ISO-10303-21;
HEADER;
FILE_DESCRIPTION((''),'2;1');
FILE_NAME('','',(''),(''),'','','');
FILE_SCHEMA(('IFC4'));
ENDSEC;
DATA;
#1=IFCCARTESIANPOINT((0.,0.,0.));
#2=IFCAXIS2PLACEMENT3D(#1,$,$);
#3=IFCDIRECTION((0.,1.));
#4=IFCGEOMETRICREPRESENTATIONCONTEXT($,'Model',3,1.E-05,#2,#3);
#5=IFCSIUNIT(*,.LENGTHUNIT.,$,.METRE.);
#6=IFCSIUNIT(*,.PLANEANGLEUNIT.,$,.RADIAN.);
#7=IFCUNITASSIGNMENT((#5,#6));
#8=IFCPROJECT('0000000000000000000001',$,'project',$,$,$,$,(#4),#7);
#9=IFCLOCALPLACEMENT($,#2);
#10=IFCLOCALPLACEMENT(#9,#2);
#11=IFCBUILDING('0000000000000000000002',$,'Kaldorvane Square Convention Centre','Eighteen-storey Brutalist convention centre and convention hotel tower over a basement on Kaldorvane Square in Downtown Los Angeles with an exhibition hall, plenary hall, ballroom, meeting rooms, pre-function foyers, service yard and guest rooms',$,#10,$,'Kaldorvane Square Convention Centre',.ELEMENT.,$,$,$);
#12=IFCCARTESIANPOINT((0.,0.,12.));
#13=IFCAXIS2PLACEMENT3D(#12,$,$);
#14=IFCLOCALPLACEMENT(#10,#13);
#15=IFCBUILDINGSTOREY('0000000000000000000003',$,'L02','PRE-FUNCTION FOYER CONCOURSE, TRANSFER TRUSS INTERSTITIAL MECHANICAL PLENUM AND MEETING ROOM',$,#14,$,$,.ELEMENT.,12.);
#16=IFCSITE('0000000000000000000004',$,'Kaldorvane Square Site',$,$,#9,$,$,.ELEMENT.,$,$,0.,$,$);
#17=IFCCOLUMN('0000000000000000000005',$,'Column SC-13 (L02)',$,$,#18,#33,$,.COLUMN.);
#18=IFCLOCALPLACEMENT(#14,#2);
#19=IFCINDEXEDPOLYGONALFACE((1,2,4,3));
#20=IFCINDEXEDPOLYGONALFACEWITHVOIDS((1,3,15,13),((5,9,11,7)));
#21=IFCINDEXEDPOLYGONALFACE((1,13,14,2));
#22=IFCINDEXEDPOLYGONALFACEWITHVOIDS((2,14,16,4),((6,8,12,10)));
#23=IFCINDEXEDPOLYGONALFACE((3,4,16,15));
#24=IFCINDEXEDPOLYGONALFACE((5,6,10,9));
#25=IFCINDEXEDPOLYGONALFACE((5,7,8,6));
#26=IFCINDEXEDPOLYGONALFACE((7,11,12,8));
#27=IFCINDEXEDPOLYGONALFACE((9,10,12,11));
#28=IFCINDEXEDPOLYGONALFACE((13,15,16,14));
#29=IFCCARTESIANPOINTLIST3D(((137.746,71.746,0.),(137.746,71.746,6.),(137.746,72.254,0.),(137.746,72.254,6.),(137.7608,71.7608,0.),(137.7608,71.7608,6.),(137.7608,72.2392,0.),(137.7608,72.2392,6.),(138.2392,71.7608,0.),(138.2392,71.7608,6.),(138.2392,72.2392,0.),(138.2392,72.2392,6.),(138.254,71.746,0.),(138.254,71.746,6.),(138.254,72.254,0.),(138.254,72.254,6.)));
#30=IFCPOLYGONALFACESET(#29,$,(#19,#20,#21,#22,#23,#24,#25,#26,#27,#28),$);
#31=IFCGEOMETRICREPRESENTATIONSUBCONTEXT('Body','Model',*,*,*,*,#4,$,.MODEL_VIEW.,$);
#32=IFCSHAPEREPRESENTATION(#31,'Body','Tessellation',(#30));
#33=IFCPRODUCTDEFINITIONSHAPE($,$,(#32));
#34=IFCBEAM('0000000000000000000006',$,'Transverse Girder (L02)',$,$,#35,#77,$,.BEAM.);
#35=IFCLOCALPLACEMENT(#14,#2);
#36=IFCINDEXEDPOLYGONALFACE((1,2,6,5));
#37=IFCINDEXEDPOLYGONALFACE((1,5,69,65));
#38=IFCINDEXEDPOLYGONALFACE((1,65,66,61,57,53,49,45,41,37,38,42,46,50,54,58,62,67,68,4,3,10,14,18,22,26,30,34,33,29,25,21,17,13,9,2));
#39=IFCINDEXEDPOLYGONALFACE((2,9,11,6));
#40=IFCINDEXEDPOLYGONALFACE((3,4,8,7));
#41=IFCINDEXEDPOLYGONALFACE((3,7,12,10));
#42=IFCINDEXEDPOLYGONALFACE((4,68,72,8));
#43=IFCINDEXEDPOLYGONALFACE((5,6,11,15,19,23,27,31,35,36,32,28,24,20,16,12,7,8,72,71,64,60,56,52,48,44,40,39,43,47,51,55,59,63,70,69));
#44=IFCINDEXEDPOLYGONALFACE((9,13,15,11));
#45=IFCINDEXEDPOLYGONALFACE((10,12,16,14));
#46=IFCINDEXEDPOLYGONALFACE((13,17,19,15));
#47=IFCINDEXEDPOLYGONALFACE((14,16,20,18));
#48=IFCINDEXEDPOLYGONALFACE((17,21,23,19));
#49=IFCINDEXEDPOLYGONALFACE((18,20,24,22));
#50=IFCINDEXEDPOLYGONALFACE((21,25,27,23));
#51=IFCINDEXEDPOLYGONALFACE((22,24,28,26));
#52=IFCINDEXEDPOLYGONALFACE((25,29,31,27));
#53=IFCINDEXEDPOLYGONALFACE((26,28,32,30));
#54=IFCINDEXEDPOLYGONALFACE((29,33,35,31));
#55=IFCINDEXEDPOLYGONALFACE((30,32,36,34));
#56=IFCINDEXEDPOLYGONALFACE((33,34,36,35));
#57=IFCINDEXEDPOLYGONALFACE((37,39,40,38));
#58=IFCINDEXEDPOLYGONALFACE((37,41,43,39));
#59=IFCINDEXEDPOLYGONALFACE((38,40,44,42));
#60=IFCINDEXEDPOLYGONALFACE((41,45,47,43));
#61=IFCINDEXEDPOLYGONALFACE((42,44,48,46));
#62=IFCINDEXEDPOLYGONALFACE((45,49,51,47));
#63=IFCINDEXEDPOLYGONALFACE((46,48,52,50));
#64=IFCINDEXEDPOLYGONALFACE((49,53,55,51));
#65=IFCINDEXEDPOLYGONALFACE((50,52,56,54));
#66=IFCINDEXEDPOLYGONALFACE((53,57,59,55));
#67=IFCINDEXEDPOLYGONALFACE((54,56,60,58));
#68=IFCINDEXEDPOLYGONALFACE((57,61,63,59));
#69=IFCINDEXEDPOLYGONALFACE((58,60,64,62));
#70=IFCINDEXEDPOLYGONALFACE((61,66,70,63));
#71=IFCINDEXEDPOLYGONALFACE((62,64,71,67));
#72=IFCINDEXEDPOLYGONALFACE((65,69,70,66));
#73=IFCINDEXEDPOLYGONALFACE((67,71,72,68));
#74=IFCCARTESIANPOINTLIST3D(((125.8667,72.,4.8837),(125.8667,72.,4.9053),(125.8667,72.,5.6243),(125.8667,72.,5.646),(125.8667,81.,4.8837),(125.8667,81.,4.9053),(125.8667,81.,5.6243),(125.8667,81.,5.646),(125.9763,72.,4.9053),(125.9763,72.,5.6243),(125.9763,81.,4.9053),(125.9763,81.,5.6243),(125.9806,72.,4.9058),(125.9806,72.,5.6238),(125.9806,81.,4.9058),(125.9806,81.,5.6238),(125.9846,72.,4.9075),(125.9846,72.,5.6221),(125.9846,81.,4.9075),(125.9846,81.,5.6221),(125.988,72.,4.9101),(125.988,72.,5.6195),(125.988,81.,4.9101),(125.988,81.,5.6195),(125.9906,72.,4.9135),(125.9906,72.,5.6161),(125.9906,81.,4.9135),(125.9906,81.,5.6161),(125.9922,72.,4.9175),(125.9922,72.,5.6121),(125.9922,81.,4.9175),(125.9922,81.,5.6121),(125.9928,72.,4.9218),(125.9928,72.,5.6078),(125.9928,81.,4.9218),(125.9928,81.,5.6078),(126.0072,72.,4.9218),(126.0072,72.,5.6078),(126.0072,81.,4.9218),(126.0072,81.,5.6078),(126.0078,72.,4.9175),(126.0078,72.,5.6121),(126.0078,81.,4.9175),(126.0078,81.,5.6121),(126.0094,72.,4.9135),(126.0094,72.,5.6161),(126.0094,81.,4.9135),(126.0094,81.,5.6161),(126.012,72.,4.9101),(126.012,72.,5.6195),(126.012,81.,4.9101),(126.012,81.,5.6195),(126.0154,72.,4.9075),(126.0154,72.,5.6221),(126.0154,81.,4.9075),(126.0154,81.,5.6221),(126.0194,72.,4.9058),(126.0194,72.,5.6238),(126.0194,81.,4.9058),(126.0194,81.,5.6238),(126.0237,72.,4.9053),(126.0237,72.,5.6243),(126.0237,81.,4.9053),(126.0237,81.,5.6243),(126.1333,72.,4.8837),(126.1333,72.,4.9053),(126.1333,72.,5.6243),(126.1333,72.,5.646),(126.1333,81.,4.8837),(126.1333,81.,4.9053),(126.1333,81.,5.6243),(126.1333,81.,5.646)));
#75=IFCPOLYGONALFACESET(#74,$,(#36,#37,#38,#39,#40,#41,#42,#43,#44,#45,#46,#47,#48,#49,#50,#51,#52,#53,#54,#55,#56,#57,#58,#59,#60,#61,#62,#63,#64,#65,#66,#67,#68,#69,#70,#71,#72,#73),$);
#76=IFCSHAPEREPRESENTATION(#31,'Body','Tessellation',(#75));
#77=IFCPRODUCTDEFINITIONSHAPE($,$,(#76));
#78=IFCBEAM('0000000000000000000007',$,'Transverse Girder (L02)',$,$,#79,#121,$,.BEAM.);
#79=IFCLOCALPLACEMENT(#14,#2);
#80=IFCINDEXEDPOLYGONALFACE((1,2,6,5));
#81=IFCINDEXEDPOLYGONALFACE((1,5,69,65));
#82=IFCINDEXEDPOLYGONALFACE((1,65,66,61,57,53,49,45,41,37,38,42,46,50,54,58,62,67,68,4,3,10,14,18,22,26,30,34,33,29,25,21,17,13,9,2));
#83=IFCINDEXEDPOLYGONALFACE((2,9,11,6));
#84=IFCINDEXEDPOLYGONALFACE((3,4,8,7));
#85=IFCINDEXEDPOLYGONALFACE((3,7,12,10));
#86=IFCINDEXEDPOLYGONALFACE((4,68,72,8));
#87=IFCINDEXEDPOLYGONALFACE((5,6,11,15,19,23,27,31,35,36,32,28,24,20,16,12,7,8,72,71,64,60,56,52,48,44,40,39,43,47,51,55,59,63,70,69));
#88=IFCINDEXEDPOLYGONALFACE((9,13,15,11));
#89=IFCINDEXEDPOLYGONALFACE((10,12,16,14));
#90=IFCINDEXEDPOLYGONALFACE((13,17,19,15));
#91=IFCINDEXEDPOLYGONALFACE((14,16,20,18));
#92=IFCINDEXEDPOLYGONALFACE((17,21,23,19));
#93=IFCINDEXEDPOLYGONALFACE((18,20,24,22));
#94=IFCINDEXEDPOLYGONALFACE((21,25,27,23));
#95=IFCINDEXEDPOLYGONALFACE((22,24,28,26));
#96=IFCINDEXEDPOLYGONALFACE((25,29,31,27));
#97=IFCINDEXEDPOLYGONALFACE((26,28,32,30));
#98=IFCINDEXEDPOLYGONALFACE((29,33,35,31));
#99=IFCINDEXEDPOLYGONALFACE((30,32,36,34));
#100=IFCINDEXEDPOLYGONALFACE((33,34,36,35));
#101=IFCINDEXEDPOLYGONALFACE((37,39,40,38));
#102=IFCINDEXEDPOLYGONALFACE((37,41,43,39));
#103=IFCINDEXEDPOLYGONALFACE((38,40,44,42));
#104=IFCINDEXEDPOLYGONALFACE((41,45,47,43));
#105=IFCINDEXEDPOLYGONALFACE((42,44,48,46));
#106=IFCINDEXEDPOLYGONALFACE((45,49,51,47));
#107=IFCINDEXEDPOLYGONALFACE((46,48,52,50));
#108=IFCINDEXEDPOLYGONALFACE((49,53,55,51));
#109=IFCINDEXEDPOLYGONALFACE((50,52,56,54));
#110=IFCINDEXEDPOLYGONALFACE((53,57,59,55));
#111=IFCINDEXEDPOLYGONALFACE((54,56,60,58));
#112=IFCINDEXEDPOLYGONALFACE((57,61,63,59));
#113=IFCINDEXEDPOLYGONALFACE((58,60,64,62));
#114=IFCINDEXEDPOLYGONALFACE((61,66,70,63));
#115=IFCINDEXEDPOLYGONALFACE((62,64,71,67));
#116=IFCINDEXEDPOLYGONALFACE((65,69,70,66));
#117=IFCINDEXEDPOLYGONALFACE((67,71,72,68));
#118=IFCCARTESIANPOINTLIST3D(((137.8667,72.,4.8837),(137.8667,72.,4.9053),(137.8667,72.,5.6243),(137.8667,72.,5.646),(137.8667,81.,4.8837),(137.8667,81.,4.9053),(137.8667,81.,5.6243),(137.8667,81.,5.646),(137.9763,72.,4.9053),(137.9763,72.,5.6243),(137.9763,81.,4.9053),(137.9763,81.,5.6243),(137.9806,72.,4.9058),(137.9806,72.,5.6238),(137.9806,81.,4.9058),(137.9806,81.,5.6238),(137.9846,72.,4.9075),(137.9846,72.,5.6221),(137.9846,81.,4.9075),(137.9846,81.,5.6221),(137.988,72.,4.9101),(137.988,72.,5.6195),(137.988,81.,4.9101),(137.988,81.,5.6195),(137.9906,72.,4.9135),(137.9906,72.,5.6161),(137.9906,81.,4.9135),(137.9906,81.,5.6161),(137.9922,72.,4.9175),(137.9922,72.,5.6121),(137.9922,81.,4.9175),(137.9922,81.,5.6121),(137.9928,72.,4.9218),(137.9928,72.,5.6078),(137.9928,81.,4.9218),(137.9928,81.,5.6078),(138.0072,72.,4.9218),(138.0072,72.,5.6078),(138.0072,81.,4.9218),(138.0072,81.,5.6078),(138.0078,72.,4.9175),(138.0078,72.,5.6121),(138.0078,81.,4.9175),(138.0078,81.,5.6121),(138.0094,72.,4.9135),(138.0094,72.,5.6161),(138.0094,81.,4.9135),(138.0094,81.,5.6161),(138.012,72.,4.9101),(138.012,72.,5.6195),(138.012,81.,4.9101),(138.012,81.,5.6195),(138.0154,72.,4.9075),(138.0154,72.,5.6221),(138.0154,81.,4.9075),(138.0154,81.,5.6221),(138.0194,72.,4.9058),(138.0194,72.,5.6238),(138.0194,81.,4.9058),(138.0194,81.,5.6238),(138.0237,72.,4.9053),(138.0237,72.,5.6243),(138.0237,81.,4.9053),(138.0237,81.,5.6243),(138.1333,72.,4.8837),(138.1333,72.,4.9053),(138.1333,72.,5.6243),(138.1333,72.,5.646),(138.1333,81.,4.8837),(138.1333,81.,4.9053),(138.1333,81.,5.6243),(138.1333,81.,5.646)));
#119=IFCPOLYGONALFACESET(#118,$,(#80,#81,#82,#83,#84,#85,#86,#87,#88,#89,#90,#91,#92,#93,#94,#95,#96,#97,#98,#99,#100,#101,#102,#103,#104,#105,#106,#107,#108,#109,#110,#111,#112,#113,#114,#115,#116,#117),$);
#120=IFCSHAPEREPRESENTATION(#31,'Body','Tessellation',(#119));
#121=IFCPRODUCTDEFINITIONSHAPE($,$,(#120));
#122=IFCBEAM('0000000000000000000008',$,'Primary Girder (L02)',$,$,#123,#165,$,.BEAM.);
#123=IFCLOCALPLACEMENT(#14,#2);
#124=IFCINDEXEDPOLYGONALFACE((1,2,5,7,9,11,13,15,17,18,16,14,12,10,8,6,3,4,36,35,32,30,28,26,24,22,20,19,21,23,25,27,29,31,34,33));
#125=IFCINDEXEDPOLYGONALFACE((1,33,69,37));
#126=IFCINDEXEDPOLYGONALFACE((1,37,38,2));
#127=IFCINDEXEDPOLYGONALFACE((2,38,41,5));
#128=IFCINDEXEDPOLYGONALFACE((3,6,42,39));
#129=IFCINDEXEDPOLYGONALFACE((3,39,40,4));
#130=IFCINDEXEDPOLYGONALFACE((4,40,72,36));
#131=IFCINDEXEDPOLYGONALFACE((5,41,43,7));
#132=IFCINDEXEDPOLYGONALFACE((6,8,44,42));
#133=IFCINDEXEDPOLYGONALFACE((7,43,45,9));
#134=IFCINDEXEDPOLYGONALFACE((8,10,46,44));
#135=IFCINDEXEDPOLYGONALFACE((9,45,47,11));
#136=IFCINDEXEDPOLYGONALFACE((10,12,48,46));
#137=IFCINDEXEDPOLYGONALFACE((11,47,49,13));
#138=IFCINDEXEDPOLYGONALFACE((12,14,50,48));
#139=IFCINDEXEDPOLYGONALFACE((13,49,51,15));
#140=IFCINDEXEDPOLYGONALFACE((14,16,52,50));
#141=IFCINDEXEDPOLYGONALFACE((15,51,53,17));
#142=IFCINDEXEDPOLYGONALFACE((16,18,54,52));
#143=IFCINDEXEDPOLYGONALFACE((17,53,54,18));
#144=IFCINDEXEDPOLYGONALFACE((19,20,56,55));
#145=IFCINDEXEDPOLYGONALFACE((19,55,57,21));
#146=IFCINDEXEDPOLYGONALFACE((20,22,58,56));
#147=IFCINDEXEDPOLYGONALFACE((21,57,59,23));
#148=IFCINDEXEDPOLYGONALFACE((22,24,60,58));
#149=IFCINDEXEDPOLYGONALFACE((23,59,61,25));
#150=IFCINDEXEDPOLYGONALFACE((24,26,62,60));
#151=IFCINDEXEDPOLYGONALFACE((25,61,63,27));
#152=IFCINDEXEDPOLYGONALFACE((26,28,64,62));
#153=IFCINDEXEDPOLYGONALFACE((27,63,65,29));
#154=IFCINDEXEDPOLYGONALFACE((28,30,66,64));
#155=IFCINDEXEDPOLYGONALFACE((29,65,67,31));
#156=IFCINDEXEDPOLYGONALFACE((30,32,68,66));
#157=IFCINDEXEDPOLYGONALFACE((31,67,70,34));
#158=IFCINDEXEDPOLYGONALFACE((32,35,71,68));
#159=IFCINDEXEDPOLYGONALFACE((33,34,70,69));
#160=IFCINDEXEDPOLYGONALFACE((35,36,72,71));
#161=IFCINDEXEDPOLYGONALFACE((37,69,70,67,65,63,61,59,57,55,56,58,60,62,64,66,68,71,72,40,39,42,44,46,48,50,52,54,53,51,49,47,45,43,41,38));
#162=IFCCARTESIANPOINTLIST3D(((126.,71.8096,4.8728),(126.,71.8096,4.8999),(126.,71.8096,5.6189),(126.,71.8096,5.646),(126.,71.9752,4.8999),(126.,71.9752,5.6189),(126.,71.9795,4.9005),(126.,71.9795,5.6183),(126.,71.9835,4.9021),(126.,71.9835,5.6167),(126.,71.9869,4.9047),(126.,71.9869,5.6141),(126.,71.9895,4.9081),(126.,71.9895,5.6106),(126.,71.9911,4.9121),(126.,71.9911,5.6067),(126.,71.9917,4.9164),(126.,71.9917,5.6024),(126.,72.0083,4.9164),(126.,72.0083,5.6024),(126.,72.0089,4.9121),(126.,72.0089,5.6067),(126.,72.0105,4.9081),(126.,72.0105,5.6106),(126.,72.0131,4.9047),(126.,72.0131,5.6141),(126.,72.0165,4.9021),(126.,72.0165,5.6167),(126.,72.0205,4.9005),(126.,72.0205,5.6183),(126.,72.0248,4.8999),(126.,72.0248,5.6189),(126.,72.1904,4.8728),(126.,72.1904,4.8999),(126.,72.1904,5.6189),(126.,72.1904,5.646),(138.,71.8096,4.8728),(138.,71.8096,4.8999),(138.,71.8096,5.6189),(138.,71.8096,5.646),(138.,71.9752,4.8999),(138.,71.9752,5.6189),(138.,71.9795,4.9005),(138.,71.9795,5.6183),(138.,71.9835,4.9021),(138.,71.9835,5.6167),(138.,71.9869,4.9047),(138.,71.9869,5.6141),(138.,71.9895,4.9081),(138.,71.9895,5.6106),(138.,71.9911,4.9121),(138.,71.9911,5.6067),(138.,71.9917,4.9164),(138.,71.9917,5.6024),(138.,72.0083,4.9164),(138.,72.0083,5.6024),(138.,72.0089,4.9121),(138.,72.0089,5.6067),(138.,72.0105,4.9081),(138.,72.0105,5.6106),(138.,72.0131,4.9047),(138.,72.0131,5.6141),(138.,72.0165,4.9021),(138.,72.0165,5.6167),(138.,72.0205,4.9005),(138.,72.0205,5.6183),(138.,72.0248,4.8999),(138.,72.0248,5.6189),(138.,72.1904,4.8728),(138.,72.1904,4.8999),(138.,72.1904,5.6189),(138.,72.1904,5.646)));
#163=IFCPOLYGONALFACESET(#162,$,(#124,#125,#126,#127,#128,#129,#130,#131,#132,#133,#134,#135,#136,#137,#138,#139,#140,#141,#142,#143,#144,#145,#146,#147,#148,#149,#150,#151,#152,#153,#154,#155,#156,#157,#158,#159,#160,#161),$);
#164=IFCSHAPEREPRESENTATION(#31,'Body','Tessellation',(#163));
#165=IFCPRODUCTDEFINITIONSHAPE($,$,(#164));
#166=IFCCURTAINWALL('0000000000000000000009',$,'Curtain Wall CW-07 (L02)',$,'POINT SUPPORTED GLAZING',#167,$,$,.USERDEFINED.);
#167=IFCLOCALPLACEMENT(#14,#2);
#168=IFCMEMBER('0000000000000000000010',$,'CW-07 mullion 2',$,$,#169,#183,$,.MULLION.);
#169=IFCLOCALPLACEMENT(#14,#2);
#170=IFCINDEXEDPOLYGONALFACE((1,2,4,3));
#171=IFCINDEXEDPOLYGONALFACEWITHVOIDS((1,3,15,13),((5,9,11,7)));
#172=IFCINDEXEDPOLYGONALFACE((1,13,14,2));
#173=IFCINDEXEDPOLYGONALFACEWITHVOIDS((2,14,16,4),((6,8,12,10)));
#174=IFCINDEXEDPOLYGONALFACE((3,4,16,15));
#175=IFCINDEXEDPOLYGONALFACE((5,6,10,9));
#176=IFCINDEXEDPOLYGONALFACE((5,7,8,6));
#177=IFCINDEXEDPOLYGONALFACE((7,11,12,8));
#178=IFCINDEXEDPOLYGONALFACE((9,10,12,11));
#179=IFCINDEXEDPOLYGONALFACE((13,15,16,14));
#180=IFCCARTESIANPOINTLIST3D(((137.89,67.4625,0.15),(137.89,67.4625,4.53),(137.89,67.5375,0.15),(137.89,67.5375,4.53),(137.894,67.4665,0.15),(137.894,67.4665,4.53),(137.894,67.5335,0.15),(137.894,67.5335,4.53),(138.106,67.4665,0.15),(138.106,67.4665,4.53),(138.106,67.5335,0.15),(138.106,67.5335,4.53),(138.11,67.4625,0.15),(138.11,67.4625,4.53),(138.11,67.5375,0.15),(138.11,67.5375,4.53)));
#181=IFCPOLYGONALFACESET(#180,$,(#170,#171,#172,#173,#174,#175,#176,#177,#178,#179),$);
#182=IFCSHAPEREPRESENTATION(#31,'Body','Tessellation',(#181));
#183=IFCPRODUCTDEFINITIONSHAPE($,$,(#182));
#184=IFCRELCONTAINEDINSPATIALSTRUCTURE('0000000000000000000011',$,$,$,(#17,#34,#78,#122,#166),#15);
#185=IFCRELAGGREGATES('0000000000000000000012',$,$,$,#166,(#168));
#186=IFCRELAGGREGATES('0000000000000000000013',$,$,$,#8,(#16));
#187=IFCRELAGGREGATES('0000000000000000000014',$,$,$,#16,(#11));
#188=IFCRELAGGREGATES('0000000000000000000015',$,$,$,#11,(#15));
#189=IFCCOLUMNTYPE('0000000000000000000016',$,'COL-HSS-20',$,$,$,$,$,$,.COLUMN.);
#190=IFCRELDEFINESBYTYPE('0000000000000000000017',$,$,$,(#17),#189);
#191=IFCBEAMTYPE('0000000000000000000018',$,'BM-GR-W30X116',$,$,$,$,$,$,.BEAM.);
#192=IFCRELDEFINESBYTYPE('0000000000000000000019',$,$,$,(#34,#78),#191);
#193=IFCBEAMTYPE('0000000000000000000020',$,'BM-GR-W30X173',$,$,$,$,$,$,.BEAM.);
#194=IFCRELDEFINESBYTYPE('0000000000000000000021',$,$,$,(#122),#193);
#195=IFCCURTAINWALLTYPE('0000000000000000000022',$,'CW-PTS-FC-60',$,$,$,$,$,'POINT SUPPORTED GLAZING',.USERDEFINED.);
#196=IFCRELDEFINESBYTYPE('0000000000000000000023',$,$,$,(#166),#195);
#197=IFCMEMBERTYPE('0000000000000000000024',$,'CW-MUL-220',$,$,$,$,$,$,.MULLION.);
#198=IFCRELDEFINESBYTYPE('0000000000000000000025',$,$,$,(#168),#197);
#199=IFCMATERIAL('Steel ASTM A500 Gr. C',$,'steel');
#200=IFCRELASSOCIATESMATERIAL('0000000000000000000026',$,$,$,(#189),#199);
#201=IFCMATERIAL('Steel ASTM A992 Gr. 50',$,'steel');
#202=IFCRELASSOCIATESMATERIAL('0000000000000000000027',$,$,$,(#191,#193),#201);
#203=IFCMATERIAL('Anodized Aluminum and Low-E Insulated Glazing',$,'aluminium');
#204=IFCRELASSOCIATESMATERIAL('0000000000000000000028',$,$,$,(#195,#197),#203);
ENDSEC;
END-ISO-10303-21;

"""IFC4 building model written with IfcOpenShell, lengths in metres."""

from ifc_helpers import new_model, si_unit, direction, frame, origin, origin_2d, place, context, subcontext, project, spatial, hollow_rectangle, i_section, extrude, material, material_profile, profile_set, type_object, element, aggregate, save


model = new_model("IFC4")

# Units and contexts
model_context = context("Model", 3, precision=1e-05, world=origin(), true_north=direction((0.0, 1.0)))
body_context = subcontext(model_context, "Body", "Model", "MODEL_VIEW")
ifc_project = project(units=[si_unit("LENGTHUNIT", "METRE"), si_unit("PLANEANGLEUNIT", "RADIAN")], contexts=[model_context])

# Site, building, storey
site_placement = place(None, origin())
site = spatial("IfcSite", under=ifc_project, at=site_placement, Name="Kaldorvane Square Site", CompositionType="ELEMENT", RefElevation=0.0)
building_placement = place(site_placement, origin())
building = spatial("IfcBuilding", under=site, at=building_placement, Name="Kaldorvane Square Convention Centre", Description="Eighteen-storey Brutalist convention centre and convention hotel tower over a basement on Kaldorvane Square in Downtown Los Angeles with an exhibition hall, plenary hall, ballroom, meeting rooms, pre-function foyers, service yard and guest rooms", LongName="Kaldorvane Square Convention Centre", CompositionType="ELEMENT")
storey_placement = place(building_placement, frame((0.0, 0.0, 12.0)))
storey = spatial("IfcBuildingStorey", under=building, at=storey_placement, Name="L02", Description="PRE-FUNCTION FOYER CONCOURSE, TRANSFER TRUSS INTERSTITIAL MECHANICAL PLENUM AND MEETING ROOM", CompositionType="ELEMENT", Elevation=12.0)

# Column
ifc_material_1 = material(Name="Steel ASTM A500 Gr. C", Category="steel")
ifc_material_profile_1 = material_profile(ifc_material_1, hollow_rectangle(XDim=0.508, YDim=0.508, WallThickness=0.0148, at=origin_2d()), Name="HSS20X20X5/8")
ifc_profile_set_1 = profile_set([ifc_material_profile_1], Name="Steel ASTM A500 Gr. C")
column_type = type_object("IfcColumnType", Name="COL-HSS-20", PredefinedType="COLUMN", material=ifc_profile_set_1)
column_placement = place(storey_placement, frame((138.0, 72.0, 0.0), z_axis=(0.0, 0.0, 1.0), x_axis=(1.0, 0.0, 0.0)))
element("IfcColumn", 1, at=column_placement, inside=storey, type_object=column_type, Name="Column SC-13 (L02)", PredefinedType="COLUMN", context=body_context, shape_type="SweptSolid", body=[
    extrude(hollow_rectangle(XDim=0.508, YDim=0.508, WallThickness=0.0148, at=origin_2d()), origin(), (0.0, 0.0, 1.0), 6.0),
])

# Beams
ifc_material_2 = material(Name="Steel ASTM A992 Gr. 50", Category="steel")
ifc_material_profile_2 = material_profile(ifc_material_2, i_section(OverallWidth=0.2666, OverallDepth=0.7623, WebThickness=0.0144, FlangeThickness=0.0216, FilletRadius=0.0165, at=origin_2d()), Name="W30X116")
ifc_profile_set_2 = profile_set([ifc_material_profile_2], Name="Steel ASTM A992 Gr. 50")
beam_type_1 = type_object("IfcBeamType", Name="BM-GR-W30X116", PredefinedType="BEAM", material=ifc_profile_set_2)
for number, where, z_axis, x_axis, name in (
    (2, (126.0, 72.0, 5.2648), (0.0, 1.0, 0.0), (-1.0, 0.0, 0.0), "Transverse Girder (L02)"),
    (3, (138.0, 72.0, 5.2648), (0.0, 1.0, 0.0), (-1.0, 0.0, 0.0), "Transverse Girder (L02)"),
):
    element("IfcBeam", number, at=place(storey_placement, frame(where, z_axis=z_axis, x_axis=x_axis)), inside=storey, type_object=beam_type_1, Name=name, PredefinedType="BEAM", context=body_context, shape_type="SweptSolid", body=[
        extrude(i_section(OverallWidth=0.2666, OverallDepth=0.7623, WebThickness=0.0144, FlangeThickness=0.0216, FilletRadius=0.0165, at=origin_2d()), origin(), (0.0, 0.0, 1.0), 9.0),
    ])
ifc_material_profile_3 = material_profile(ifc_material_2, i_section(OverallWidth=0.3807, OverallDepth=0.7732, WebThickness=0.0166, FlangeThickness=0.0271, FilletRadius=0.0165, at=origin_2d()), Name="W30X173")
ifc_profile_set_3 = profile_set([ifc_material_profile_3], Name="Steel ASTM A992 Gr. 50")
beam_type_2 = type_object("IfcBeamType", Name="BM-GR-W30X173", PredefinedType="BEAM", material=ifc_profile_set_3)
beam_placement = place(storey_placement, frame((126.0, 72.0, 5.2594), z_axis=(1.0, 0.0, 0.0), x_axis=(0.0, 1.0, 0.0)))
element("IfcBeam", 4, at=beam_placement, inside=storey, type_object=beam_type_2, Name="Primary Girder (L02)", PredefinedType="BEAM", context=body_context, shape_type="SweptSolid", body=[
    extrude(i_section(OverallWidth=0.3807, OverallDepth=0.7732, WebThickness=0.0166, FlangeThickness=0.0271, FilletRadius=0.0165, at=origin_2d()), origin(), (0.0, 0.0, 1.0), 12.0),
])

# Curtain wall, member
ifc_material_3 = material(Name="Anodized Aluminum and Low-E Insulated Glazing", Category="aluminium")
curtain_wall_type = type_object("IfcCurtainWallType", Name="CW-PTS-FC-60", ElementType="POINT SUPPORTED GLAZING", PredefinedType="USERDEFINED", material=ifc_material_3)
curtain_wall_1_placement = place(storey_placement, origin())
curtain_wall_1 = element("IfcCurtainWall", 5, at=curtain_wall_1_placement, inside=storey, type_object=curtain_wall_type, Name="Curtain Wall CW-07 (L02)", ObjectType="POINT SUPPORTED GLAZING", PredefinedType="USERDEFINED")
ifc_material_profile_4 = material_profile(ifc_material_3, hollow_rectangle(XDim=0.075, YDim=0.22, WallThickness=0.004, at=origin_2d()), Name="CWM-220X75")
ifc_profile_set_4 = profile_set([ifc_material_profile_4], Name="Anodized Aluminum and Low-E Insulated Glazing")
member_type_1 = type_object("IfcMemberType", Name="CW-MUL-220", PredefinedType="MULLION", material=ifc_profile_set_4)
member_1_placement = place(storey_placement, frame((138.0, 67.5, 0.15), z_axis=(0.0, 0.0, 1.0), x_axis=(0.0, 1.0, 0.0)))
member_1 = element("IfcMember", 6, at=member_1_placement, type_object=member_type_1, Name="CW-07 mullion 2", PredefinedType="MULLION", context=body_context, shape_type="SweptSolid", body=[
    extrude(hollow_rectangle(XDim=0.075, YDim=0.22, WallThickness=0.004, at=origin_2d()), origin(), (0.0, 0.0, 1.0), 4.38),
])

aggregate(curtain_wall_1, [member_1])

save(model, "model.ifc")
